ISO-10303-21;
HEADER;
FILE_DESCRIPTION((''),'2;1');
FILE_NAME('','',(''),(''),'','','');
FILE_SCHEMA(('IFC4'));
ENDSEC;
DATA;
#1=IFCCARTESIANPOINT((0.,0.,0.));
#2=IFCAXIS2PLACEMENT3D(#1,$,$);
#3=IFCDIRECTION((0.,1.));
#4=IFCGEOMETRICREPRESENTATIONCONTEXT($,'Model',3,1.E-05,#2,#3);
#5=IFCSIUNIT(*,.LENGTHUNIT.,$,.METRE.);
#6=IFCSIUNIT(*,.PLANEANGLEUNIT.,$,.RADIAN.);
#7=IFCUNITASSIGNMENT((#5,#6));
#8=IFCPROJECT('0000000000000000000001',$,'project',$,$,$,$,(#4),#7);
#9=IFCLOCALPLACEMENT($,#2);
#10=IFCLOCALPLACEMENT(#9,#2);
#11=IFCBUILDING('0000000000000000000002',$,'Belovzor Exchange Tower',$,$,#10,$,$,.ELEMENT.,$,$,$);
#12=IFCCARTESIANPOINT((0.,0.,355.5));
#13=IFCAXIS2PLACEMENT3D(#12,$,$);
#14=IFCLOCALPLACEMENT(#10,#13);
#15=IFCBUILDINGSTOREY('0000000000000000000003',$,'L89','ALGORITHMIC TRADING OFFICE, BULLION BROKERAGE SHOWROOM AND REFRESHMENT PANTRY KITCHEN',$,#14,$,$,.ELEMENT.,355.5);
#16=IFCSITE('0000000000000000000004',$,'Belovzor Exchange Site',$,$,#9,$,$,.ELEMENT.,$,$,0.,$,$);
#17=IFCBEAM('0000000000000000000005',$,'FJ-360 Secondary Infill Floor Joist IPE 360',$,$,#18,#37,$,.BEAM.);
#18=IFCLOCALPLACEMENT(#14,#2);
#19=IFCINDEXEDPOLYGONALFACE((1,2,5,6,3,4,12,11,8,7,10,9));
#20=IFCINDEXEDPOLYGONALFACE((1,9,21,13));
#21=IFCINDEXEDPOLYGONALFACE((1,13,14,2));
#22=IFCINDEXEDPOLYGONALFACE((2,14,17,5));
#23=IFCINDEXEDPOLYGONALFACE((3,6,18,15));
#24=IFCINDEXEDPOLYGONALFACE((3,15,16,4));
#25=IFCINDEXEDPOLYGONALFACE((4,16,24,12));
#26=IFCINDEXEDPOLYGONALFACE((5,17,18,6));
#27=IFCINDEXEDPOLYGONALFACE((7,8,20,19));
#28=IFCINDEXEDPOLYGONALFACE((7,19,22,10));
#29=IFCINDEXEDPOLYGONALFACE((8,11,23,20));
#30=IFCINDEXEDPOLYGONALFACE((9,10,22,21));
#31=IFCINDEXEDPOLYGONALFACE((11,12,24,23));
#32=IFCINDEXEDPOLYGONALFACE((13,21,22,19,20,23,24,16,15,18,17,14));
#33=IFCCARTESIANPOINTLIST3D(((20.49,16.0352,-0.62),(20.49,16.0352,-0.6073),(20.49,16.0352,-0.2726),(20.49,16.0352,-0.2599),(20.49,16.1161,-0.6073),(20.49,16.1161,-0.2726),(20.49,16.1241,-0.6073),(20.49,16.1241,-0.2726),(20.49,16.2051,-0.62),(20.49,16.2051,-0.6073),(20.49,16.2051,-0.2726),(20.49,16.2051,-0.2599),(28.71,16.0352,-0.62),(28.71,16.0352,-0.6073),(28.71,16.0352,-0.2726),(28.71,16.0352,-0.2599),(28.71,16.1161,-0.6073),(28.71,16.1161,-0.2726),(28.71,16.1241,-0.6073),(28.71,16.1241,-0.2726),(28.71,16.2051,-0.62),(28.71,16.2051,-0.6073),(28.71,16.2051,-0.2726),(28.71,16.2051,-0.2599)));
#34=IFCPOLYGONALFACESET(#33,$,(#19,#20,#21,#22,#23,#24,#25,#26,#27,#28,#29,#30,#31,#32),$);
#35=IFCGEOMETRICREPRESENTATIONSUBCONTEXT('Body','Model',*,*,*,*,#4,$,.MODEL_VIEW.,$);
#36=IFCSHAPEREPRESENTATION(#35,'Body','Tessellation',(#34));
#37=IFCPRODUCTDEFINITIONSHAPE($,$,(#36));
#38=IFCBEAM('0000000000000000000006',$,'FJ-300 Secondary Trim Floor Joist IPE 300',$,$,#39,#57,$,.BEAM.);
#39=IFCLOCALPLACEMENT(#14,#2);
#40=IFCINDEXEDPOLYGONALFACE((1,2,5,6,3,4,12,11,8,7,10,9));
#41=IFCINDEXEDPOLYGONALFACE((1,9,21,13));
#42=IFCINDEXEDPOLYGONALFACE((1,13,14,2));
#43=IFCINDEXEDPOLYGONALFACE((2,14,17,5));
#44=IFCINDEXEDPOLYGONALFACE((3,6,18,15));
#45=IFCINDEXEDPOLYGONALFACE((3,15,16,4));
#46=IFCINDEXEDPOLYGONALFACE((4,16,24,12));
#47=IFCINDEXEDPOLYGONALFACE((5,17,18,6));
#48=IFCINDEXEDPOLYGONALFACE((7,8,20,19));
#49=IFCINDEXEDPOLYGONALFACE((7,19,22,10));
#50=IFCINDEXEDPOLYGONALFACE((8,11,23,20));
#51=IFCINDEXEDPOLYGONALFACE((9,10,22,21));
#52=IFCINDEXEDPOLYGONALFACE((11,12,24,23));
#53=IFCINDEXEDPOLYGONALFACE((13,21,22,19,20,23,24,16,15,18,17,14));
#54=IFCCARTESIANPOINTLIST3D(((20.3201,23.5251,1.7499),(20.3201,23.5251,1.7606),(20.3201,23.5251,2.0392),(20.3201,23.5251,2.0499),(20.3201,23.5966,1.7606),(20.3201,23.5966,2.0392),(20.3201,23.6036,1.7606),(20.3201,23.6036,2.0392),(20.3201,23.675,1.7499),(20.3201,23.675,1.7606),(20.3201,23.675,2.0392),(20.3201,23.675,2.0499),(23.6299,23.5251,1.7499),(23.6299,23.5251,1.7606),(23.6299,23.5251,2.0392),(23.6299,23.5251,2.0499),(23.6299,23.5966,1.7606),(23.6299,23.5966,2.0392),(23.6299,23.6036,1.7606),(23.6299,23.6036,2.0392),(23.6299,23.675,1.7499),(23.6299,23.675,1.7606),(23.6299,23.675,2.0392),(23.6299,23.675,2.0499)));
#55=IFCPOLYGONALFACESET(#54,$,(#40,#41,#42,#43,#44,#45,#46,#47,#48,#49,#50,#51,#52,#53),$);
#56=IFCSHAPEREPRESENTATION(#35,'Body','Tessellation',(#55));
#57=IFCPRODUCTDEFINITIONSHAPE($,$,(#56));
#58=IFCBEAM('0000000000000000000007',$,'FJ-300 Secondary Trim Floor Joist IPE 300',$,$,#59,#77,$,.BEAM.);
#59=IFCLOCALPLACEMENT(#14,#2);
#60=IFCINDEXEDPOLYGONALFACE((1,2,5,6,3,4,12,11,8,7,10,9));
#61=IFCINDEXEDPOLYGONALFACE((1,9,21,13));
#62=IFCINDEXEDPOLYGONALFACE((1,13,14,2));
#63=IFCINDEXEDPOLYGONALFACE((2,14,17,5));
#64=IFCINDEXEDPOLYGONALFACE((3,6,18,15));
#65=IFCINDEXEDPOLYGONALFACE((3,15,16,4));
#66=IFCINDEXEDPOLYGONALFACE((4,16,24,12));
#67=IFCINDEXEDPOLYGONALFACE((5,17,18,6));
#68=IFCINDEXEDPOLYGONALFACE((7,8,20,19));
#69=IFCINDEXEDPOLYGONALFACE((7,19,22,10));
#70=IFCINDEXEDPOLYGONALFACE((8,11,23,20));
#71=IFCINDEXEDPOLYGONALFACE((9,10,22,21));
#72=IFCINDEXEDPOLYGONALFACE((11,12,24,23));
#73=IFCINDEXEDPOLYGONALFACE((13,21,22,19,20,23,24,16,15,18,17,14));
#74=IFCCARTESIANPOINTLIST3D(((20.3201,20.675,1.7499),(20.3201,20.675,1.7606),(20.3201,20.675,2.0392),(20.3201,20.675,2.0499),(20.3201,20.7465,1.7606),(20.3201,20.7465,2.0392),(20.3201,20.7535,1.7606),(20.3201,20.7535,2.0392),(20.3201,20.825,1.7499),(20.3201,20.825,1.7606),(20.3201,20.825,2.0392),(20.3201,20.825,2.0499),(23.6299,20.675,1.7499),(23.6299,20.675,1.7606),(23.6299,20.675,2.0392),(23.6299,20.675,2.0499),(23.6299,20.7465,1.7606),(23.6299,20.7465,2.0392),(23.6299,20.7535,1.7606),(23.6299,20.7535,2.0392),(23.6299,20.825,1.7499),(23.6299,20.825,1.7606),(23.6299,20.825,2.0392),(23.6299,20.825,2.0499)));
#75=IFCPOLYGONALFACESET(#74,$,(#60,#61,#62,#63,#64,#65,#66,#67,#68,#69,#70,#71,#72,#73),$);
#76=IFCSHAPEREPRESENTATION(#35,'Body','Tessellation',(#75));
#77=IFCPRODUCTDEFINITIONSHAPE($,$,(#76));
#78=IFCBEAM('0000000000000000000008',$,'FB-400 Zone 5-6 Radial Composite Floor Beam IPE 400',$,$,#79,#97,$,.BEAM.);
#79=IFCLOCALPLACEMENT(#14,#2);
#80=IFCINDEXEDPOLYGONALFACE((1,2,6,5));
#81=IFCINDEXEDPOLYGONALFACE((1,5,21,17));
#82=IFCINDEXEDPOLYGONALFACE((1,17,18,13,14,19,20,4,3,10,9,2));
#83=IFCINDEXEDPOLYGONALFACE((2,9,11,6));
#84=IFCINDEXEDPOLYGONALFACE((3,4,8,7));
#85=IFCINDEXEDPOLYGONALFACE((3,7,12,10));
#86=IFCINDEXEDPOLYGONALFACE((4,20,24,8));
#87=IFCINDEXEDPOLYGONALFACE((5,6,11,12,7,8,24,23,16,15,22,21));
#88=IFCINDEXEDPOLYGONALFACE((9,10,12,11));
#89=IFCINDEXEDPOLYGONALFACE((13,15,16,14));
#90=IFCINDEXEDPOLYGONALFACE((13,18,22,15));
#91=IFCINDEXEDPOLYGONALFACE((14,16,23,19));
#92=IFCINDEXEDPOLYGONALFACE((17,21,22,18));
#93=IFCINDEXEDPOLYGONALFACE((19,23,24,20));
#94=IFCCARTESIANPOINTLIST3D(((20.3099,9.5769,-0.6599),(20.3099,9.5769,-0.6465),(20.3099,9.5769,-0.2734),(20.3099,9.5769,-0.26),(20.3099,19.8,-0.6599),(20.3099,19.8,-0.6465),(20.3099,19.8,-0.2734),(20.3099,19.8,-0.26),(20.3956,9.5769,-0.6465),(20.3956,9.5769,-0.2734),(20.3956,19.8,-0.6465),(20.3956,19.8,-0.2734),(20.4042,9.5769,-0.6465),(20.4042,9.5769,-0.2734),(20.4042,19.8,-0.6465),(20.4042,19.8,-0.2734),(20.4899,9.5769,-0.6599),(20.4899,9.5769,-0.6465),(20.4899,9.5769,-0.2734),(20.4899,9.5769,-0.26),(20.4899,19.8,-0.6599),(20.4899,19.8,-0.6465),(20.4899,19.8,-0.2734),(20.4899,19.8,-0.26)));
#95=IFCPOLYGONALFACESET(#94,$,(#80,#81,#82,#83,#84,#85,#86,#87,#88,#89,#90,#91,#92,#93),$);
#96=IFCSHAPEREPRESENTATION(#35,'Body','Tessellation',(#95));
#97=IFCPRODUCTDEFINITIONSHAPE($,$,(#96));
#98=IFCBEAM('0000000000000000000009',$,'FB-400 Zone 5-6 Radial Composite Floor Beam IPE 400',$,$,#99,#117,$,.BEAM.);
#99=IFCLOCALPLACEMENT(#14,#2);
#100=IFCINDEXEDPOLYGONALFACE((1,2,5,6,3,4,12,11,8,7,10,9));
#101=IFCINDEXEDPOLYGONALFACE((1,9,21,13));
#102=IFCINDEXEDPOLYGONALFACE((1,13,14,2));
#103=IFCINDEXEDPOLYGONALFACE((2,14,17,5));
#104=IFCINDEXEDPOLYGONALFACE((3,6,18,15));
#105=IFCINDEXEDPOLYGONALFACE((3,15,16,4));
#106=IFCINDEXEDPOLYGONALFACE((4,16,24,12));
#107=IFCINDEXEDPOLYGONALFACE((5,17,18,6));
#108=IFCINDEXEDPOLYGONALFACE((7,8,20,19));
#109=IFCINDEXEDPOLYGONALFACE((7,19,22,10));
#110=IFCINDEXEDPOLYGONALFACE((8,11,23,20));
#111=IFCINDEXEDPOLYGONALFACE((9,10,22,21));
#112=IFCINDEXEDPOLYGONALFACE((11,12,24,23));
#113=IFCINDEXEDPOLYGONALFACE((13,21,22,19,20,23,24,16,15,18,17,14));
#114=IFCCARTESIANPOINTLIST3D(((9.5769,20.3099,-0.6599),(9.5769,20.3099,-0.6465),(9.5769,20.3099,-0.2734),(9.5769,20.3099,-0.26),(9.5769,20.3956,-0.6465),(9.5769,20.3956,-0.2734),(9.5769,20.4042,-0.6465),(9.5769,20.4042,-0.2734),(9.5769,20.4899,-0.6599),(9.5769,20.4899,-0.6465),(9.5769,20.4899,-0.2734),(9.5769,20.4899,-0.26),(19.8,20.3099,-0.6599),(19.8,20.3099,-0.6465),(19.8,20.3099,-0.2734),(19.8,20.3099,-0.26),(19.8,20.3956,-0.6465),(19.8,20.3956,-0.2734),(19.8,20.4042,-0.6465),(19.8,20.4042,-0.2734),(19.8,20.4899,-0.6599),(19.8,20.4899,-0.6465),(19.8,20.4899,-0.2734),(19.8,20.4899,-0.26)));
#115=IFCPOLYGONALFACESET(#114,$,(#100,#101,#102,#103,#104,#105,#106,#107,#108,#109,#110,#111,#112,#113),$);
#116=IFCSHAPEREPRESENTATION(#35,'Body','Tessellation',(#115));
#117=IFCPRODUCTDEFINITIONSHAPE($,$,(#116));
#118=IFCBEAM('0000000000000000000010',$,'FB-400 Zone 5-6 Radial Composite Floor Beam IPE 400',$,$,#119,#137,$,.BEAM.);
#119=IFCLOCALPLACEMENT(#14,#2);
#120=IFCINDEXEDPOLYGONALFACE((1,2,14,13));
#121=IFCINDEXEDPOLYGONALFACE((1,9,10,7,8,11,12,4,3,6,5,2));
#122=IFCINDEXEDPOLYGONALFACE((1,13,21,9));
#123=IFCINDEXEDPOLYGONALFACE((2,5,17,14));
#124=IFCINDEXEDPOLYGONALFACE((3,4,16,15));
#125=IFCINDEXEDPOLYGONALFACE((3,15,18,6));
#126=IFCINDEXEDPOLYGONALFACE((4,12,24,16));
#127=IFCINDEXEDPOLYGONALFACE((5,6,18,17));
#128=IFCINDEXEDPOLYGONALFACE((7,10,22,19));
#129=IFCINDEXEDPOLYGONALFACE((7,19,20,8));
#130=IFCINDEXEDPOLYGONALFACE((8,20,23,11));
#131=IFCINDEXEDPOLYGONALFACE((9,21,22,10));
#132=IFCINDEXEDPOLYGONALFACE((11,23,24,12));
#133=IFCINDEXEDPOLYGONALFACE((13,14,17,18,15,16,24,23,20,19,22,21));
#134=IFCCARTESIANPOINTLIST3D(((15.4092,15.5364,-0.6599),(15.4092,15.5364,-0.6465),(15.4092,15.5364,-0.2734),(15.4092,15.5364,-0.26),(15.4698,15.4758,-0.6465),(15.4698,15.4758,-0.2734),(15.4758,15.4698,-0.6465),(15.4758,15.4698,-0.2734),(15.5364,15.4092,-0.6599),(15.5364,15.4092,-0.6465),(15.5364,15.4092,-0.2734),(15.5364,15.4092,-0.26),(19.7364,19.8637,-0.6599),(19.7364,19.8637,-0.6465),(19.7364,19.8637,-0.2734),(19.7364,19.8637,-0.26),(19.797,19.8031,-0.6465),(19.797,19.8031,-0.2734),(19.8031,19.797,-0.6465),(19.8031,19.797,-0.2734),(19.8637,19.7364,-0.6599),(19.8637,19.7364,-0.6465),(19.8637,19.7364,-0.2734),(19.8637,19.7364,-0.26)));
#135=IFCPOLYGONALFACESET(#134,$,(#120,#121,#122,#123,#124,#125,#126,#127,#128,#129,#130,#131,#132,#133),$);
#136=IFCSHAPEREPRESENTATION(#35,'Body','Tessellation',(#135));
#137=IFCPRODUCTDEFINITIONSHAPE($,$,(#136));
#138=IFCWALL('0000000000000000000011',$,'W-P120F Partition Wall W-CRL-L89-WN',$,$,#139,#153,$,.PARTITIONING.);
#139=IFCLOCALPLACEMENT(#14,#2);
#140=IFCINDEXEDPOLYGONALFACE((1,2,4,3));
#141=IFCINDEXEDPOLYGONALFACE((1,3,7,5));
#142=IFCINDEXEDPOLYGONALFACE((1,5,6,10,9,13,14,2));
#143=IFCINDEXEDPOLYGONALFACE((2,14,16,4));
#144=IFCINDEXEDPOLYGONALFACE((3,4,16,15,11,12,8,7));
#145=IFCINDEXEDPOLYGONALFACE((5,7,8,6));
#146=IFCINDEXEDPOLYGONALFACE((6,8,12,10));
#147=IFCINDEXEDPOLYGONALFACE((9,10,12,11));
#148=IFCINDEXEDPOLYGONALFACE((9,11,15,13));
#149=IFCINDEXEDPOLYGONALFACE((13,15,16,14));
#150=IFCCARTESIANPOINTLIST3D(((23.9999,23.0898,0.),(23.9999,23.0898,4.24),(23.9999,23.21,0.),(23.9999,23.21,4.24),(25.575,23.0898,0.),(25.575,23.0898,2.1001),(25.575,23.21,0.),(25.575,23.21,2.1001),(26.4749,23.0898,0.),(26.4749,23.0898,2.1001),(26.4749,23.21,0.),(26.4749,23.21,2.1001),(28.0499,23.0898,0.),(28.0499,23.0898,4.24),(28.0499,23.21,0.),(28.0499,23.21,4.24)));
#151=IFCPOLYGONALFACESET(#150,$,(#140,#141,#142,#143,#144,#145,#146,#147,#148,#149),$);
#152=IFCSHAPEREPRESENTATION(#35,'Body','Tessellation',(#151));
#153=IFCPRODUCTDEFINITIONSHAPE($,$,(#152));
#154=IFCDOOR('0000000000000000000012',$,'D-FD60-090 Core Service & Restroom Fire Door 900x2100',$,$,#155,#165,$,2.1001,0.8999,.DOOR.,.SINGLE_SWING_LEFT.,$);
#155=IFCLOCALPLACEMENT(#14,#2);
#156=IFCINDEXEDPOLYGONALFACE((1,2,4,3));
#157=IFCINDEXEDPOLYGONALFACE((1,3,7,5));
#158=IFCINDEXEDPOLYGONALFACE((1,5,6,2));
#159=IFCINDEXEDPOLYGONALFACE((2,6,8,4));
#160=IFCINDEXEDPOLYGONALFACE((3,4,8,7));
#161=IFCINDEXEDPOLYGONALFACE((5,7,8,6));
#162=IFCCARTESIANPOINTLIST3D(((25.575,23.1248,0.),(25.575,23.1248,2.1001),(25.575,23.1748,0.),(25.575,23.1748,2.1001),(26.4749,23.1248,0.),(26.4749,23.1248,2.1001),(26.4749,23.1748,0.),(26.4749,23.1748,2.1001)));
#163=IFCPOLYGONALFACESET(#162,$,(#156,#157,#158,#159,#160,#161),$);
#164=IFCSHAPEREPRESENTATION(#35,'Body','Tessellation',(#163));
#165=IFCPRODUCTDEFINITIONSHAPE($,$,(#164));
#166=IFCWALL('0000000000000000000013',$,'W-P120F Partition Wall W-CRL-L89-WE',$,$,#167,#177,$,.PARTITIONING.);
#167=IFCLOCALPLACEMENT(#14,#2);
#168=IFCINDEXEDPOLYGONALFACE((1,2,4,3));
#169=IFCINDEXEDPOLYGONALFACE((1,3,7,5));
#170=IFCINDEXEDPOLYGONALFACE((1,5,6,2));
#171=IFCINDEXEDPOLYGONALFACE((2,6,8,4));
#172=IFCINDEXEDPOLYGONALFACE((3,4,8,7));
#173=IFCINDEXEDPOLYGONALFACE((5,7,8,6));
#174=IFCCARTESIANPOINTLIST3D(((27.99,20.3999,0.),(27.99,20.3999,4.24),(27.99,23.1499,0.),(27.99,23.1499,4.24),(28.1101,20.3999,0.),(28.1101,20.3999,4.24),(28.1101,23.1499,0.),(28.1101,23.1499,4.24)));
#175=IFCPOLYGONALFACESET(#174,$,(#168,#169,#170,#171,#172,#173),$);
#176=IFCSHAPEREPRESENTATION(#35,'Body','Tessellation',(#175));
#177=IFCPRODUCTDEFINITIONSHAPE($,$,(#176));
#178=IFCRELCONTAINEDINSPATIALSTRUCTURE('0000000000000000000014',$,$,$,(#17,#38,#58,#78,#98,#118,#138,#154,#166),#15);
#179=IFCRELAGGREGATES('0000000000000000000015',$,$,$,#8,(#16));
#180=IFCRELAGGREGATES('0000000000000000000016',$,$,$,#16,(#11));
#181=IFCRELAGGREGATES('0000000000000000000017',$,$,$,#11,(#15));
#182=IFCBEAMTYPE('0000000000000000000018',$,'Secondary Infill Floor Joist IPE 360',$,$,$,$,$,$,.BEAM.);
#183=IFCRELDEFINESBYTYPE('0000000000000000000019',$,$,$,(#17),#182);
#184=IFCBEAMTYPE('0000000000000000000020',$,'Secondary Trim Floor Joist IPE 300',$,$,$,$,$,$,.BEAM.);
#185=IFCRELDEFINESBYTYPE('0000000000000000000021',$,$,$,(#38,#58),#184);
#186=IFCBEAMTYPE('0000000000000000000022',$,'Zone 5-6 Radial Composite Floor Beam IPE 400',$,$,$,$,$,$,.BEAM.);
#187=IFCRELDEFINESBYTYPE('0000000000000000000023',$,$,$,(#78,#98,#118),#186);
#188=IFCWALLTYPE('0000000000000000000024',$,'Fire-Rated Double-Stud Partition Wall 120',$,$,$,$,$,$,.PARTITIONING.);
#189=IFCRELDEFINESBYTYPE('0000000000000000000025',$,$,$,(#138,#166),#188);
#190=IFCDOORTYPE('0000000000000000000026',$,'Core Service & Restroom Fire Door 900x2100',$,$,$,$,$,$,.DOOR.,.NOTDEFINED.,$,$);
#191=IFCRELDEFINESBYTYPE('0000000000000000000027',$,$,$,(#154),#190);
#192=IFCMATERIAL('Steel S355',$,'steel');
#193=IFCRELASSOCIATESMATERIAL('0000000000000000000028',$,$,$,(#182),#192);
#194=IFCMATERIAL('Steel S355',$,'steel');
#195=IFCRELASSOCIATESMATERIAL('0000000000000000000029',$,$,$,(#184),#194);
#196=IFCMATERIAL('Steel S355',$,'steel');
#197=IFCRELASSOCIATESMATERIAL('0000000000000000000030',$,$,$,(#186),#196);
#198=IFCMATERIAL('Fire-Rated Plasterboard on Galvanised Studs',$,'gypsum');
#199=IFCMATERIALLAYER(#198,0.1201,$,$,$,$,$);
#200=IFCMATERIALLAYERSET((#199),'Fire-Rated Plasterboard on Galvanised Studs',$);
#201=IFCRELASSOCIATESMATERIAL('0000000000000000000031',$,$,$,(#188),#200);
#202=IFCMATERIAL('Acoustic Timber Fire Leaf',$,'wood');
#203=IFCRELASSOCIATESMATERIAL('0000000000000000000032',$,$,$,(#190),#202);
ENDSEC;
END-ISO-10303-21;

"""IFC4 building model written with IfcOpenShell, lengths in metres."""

from ifc_helpers import new_model, si_unit, direction, frame, frame_2d, origin, origin_2d, place, context, subcontext, project, spatial, rectangle, i_section, extrude, material, layer, layer_set, material_profile, profile_set, type_object, element, fill, save


model = new_model("IFC4")

# Units and contexts
model_context = context("Model", 3, precision=1e-05, world=origin(), true_north=direction((0.0, 1.0)))
body_context = subcontext(model_context, "Body", "Model", "MODEL_VIEW")
ifc_project = project(units=[si_unit("LENGTHUNIT", "METRE"), si_unit("PLANEANGLEUNIT", "RADIAN")], contexts=[model_context])

# Site, building, storey
site_placement = place(None, origin())
site = spatial("IfcSite", under=ifc_project, at=site_placement, Name="Belovzor Exchange Site", CompositionType="ELEMENT", RefElevation=0.0)
building_placement = place(site_placement, origin())
building = spatial("IfcBuilding", under=site, at=building_placement, Name="Belovzor Exchange Tower", CompositionType="ELEMENT")
storey_placement = place(building_placement, frame((0.0, 0.0, 355.5)))
storey = spatial("IfcBuildingStorey", under=building, at=storey_placement, Name="L89", Description="ALGORITHMIC TRADING OFFICE, BULLION BROKERAGE SHOWROOM AND REFRESHMENT PANTRY KITCHEN", CompositionType="ELEMENT", Elevation=355.5)

# Beams
ifc_material_1 = material(Name="Steel S355", Category="steel")
ifc_material_profile_1 = material_profile(ifc_material_1, i_section(OverallWidth=0.1699, OverallDepth=0.3601, WebThickness=0.0081, FlangeThickness=0.0127, at=origin_2d()))
ifc_profile_set_1 = profile_set([ifc_material_profile_1], Name="Steel S355")
beam_type_1 = type_object("IfcBeamType", Name="Secondary Infill Floor Joist IPE 360", PredefinedType="BEAM", material=ifc_profile_set_1)
beam_1_placement = place(storey_placement, frame((20.49, 16.1201, -0.4399), z_axis=(1.0, 0.0, 0.0), x_axis=(0.0, 1.0, 0.0)))
element("IfcBeam", 1, at=beam_1_placement, inside=storey, type_object=beam_type_1, Name="FJ-360 Secondary Infill Floor Joist IPE 360", PredefinedType="BEAM", context=body_context, shape_type="SweptSolid", body=[
    extrude(i_section(OverallWidth=0.1699, OverallDepth=0.3601, WebThickness=0.0081, FlangeThickness=0.0127, at=origin_2d()), origin(), (0.0, 0.0, 1.0), 8.22),
])
ifc_material_2 = material(Name="Steel S355", Category="steel")
ifc_material_profile_2 = material_profile(ifc_material_2, i_section(OverallWidth=0.1499, OverallDepth=0.3, WebThickness=0.0071, FlangeThickness=0.0107, at=origin_2d()))
ifc_profile_set_2 = profile_set([ifc_material_profile_2], Name="Steel S355")
beam_type_2 = type_object("IfcBeamType", Name="Secondary Trim Floor Joist IPE 300", PredefinedType="BEAM", material=ifc_profile_set_2)
for number, where, z_axis, x_axis, name in (
    (2, (20.3201, 23.6001, 1.8999), (1.0, 0.0, 0.0), (0.0, 1.0, 0.0), "FJ-300 Secondary Trim Floor Joist IPE 300"),
    (3, (20.3201, 20.75, 1.8999), (1.0, 0.0, 0.0), (0.0, 1.0, 0.0), "FJ-300 Secondary Trim Floor Joist IPE 300"),
):
    element("IfcBeam", number, at=place(storey_placement, frame(where, z_axis=z_axis, x_axis=x_axis)), inside=storey, type_object=beam_type_2, Name=name, PredefinedType="BEAM", context=body_context, shape_type="SweptSolid", body=[
        extrude(i_section(OverallWidth=0.1499, OverallDepth=0.3, WebThickness=0.0071, FlangeThickness=0.0107, at=origin_2d()), origin(), (0.0, 0.0, 1.0), 3.3098),
    ])
ifc_material_3 = material(Name="Steel S355", Category="steel")
ifc_material_profile_3 = material_profile(ifc_material_3, i_section(OverallWidth=0.1799, OverallDepth=0.3999, WebThickness=0.0085, FlangeThickness=0.0134, at=origin_2d()))
ifc_profile_set_3 = profile_set([ifc_material_profile_3], Name="Steel S355")
beam_type_3 = type_object("IfcBeamType", Name="Zone 5-6 Radial Composite Floor Beam IPE 400", PredefinedType="BEAM", material=ifc_profile_set_3)
for number, where, z_axis, x_axis, name in (
    (4, (20.3999, 19.8, -0.46), (0.0, -1.0, 0.0), (1.0, 0.0, 0.0), "FB-400 Zone 5-6 Radial Composite Floor Beam IPE 400"),
    (5, (19.8, 20.3999, -0.46), (-1.0, 0.0, 0.0), (0.0, -1.0, 0.0), "FB-400 Zone 5-6 Radial Composite Floor Beam IPE 400"),
):
    element("IfcBeam", number, at=place(storey_placement, frame(where, z_axis=z_axis, x_axis=x_axis)), inside=storey, type_object=beam_type_3, Name=name, PredefinedType="BEAM", context=body_context, shape_type="SweptSolid", body=[
        extrude(i_section(OverallWidth=0.1799, OverallDepth=0.3999, WebThickness=0.0085, FlangeThickness=0.0134, at=origin_2d()), origin(), (0.0, 0.0, 1.0), 10.2231),
    ])
beam_2_placement = place(storey_placement, frame((19.8, 19.8, -0.46), z_axis=(-0.707107, -0.707107, 0.0), x_axis=(0.707107, -0.707107, 0.0)))
element("IfcBeam", 6, at=beam_2_placement, inside=storey, type_object=beam_type_3, Name="FB-400 Zone 5-6 Radial Composite Floor Beam IPE 400", PredefinedType="BEAM", context=body_context, shape_type="SweptSolid", body=[
    extrude(i_section(OverallWidth=0.1799, OverallDepth=0.3999, WebThickness=0.0085, FlangeThickness=0.0134, at=origin_2d()), origin(), (0.0, 0.0, 1.0), 6.1196),
])

# Wall, opening, door
ifc_material_4 = material(Name="Fire-Rated Plasterboard on Galvanised Studs", Category="gypsum")
ifc_layer_1 = layer(ifc_material_4, 0.1201)
ifc_layer_set_1 = layer_set([ifc_layer_1], Name="Fire-Rated Plasterboard on Galvanised Studs")
wall_type_1 = type_object("IfcWallType", Name="Fire-Rated Double-Stud Partition Wall 120", PredefinedType="PARTITIONING", material=ifc_layer_set_1)
wall_1_placement = place(storey_placement, frame((24.0, 23.1499, 0.0), z_axis=(0.0, 0.0, 1.0), x_axis=(1.0, 0.0, 0.0)))
wall_1 = element("IfcWall", 7, at=wall_1_placement, inside=storey, type_object=wall_type_1, Name="W-P120F Partition Wall W-CRL-L89-WN", PredefinedType="PARTITIONING", context=body_context, shape_type="SweptSolid", body=[
    extrude(rectangle(XDim=4.05, YDim=0.1201, at=frame_2d((2.0249, 0.0))), origin(), (0.0, 0.0, 1.0), 4.24),
])
opening_1_placement = place(wall_1_placement, frame((1.575, 0.0, 0.0)))
opening_1 = element("IfcOpeningElement", 8, at=opening_1_placement, cuts=wall_1, PredefinedType="OPENING", context=body_context, shape_type="SweptSolid", body=[
    extrude(rectangle(XDim=0.8999, YDim=2.1001, at=frame_2d((0.45, 1.05))), frame((0.0, 0.0701, 0.0), z_axis=(0.0, -1.0, 0.0), x_axis=(1.0, 0.0, 0.0)), (0.0, 0.0, 1.0), 0.1401),
])
ifc_material_5 = material(Name="Acoustic Timber Fire Leaf", Category="wood")
door_type_1 = type_object("IfcDoorType", Name="Core Service & Restroom Fire Door 900x2100", OperationType="NOTDEFINED", PredefinedType="DOOR", material=ifc_material_5)
door_1_placement = place(opening_1_placement, origin())
door_1 = element("IfcDoor", 9, at=door_1_placement, inside=storey, type_object=door_type_1, Name="D-FD60-090 Core Service & Restroom Fire Door 900x2100", OperationType="SINGLE_SWING_LEFT", OverallHeight=2.1001, OverallWidth=0.8999, PredefinedType="DOOR", context=body_context, shape_type="SweptSolid", body=[
    extrude(rectangle(XDim=0.8999, YDim=2.1001, at=frame_2d((0.45, 1.05))), frame((0.0, 0.0249, 0.0), z_axis=(0.0, -1.0, 0.0), x_axis=(1.0, 0.0, 0.0)), (0.0, 0.0, 1.0), 0.05),
])
fill(opening_1, door_1)

# Wall
wall_2_placement = place(storey_placement, frame((28.05, 20.3999, 0.0), z_axis=(0.0, 0.0, 1.0), x_axis=(0.0, 1.0, 0.0)))
element("IfcWall", 10, at=wall_2_placement, inside=storey, type_object=wall_type_1, Name="W-P120F Partition Wall W-CRL-L89-WE", PredefinedType="PARTITIONING", context=body_context, shape_type="SweptSolid", body=[
    extrude(rectangle(XDim=2.75, YDim=0.1201, at=frame_2d((1.375, 0.0))), origin(), (0.0, 0.0, 1.0), 4.24),
])

save(model, "model.ifc")
